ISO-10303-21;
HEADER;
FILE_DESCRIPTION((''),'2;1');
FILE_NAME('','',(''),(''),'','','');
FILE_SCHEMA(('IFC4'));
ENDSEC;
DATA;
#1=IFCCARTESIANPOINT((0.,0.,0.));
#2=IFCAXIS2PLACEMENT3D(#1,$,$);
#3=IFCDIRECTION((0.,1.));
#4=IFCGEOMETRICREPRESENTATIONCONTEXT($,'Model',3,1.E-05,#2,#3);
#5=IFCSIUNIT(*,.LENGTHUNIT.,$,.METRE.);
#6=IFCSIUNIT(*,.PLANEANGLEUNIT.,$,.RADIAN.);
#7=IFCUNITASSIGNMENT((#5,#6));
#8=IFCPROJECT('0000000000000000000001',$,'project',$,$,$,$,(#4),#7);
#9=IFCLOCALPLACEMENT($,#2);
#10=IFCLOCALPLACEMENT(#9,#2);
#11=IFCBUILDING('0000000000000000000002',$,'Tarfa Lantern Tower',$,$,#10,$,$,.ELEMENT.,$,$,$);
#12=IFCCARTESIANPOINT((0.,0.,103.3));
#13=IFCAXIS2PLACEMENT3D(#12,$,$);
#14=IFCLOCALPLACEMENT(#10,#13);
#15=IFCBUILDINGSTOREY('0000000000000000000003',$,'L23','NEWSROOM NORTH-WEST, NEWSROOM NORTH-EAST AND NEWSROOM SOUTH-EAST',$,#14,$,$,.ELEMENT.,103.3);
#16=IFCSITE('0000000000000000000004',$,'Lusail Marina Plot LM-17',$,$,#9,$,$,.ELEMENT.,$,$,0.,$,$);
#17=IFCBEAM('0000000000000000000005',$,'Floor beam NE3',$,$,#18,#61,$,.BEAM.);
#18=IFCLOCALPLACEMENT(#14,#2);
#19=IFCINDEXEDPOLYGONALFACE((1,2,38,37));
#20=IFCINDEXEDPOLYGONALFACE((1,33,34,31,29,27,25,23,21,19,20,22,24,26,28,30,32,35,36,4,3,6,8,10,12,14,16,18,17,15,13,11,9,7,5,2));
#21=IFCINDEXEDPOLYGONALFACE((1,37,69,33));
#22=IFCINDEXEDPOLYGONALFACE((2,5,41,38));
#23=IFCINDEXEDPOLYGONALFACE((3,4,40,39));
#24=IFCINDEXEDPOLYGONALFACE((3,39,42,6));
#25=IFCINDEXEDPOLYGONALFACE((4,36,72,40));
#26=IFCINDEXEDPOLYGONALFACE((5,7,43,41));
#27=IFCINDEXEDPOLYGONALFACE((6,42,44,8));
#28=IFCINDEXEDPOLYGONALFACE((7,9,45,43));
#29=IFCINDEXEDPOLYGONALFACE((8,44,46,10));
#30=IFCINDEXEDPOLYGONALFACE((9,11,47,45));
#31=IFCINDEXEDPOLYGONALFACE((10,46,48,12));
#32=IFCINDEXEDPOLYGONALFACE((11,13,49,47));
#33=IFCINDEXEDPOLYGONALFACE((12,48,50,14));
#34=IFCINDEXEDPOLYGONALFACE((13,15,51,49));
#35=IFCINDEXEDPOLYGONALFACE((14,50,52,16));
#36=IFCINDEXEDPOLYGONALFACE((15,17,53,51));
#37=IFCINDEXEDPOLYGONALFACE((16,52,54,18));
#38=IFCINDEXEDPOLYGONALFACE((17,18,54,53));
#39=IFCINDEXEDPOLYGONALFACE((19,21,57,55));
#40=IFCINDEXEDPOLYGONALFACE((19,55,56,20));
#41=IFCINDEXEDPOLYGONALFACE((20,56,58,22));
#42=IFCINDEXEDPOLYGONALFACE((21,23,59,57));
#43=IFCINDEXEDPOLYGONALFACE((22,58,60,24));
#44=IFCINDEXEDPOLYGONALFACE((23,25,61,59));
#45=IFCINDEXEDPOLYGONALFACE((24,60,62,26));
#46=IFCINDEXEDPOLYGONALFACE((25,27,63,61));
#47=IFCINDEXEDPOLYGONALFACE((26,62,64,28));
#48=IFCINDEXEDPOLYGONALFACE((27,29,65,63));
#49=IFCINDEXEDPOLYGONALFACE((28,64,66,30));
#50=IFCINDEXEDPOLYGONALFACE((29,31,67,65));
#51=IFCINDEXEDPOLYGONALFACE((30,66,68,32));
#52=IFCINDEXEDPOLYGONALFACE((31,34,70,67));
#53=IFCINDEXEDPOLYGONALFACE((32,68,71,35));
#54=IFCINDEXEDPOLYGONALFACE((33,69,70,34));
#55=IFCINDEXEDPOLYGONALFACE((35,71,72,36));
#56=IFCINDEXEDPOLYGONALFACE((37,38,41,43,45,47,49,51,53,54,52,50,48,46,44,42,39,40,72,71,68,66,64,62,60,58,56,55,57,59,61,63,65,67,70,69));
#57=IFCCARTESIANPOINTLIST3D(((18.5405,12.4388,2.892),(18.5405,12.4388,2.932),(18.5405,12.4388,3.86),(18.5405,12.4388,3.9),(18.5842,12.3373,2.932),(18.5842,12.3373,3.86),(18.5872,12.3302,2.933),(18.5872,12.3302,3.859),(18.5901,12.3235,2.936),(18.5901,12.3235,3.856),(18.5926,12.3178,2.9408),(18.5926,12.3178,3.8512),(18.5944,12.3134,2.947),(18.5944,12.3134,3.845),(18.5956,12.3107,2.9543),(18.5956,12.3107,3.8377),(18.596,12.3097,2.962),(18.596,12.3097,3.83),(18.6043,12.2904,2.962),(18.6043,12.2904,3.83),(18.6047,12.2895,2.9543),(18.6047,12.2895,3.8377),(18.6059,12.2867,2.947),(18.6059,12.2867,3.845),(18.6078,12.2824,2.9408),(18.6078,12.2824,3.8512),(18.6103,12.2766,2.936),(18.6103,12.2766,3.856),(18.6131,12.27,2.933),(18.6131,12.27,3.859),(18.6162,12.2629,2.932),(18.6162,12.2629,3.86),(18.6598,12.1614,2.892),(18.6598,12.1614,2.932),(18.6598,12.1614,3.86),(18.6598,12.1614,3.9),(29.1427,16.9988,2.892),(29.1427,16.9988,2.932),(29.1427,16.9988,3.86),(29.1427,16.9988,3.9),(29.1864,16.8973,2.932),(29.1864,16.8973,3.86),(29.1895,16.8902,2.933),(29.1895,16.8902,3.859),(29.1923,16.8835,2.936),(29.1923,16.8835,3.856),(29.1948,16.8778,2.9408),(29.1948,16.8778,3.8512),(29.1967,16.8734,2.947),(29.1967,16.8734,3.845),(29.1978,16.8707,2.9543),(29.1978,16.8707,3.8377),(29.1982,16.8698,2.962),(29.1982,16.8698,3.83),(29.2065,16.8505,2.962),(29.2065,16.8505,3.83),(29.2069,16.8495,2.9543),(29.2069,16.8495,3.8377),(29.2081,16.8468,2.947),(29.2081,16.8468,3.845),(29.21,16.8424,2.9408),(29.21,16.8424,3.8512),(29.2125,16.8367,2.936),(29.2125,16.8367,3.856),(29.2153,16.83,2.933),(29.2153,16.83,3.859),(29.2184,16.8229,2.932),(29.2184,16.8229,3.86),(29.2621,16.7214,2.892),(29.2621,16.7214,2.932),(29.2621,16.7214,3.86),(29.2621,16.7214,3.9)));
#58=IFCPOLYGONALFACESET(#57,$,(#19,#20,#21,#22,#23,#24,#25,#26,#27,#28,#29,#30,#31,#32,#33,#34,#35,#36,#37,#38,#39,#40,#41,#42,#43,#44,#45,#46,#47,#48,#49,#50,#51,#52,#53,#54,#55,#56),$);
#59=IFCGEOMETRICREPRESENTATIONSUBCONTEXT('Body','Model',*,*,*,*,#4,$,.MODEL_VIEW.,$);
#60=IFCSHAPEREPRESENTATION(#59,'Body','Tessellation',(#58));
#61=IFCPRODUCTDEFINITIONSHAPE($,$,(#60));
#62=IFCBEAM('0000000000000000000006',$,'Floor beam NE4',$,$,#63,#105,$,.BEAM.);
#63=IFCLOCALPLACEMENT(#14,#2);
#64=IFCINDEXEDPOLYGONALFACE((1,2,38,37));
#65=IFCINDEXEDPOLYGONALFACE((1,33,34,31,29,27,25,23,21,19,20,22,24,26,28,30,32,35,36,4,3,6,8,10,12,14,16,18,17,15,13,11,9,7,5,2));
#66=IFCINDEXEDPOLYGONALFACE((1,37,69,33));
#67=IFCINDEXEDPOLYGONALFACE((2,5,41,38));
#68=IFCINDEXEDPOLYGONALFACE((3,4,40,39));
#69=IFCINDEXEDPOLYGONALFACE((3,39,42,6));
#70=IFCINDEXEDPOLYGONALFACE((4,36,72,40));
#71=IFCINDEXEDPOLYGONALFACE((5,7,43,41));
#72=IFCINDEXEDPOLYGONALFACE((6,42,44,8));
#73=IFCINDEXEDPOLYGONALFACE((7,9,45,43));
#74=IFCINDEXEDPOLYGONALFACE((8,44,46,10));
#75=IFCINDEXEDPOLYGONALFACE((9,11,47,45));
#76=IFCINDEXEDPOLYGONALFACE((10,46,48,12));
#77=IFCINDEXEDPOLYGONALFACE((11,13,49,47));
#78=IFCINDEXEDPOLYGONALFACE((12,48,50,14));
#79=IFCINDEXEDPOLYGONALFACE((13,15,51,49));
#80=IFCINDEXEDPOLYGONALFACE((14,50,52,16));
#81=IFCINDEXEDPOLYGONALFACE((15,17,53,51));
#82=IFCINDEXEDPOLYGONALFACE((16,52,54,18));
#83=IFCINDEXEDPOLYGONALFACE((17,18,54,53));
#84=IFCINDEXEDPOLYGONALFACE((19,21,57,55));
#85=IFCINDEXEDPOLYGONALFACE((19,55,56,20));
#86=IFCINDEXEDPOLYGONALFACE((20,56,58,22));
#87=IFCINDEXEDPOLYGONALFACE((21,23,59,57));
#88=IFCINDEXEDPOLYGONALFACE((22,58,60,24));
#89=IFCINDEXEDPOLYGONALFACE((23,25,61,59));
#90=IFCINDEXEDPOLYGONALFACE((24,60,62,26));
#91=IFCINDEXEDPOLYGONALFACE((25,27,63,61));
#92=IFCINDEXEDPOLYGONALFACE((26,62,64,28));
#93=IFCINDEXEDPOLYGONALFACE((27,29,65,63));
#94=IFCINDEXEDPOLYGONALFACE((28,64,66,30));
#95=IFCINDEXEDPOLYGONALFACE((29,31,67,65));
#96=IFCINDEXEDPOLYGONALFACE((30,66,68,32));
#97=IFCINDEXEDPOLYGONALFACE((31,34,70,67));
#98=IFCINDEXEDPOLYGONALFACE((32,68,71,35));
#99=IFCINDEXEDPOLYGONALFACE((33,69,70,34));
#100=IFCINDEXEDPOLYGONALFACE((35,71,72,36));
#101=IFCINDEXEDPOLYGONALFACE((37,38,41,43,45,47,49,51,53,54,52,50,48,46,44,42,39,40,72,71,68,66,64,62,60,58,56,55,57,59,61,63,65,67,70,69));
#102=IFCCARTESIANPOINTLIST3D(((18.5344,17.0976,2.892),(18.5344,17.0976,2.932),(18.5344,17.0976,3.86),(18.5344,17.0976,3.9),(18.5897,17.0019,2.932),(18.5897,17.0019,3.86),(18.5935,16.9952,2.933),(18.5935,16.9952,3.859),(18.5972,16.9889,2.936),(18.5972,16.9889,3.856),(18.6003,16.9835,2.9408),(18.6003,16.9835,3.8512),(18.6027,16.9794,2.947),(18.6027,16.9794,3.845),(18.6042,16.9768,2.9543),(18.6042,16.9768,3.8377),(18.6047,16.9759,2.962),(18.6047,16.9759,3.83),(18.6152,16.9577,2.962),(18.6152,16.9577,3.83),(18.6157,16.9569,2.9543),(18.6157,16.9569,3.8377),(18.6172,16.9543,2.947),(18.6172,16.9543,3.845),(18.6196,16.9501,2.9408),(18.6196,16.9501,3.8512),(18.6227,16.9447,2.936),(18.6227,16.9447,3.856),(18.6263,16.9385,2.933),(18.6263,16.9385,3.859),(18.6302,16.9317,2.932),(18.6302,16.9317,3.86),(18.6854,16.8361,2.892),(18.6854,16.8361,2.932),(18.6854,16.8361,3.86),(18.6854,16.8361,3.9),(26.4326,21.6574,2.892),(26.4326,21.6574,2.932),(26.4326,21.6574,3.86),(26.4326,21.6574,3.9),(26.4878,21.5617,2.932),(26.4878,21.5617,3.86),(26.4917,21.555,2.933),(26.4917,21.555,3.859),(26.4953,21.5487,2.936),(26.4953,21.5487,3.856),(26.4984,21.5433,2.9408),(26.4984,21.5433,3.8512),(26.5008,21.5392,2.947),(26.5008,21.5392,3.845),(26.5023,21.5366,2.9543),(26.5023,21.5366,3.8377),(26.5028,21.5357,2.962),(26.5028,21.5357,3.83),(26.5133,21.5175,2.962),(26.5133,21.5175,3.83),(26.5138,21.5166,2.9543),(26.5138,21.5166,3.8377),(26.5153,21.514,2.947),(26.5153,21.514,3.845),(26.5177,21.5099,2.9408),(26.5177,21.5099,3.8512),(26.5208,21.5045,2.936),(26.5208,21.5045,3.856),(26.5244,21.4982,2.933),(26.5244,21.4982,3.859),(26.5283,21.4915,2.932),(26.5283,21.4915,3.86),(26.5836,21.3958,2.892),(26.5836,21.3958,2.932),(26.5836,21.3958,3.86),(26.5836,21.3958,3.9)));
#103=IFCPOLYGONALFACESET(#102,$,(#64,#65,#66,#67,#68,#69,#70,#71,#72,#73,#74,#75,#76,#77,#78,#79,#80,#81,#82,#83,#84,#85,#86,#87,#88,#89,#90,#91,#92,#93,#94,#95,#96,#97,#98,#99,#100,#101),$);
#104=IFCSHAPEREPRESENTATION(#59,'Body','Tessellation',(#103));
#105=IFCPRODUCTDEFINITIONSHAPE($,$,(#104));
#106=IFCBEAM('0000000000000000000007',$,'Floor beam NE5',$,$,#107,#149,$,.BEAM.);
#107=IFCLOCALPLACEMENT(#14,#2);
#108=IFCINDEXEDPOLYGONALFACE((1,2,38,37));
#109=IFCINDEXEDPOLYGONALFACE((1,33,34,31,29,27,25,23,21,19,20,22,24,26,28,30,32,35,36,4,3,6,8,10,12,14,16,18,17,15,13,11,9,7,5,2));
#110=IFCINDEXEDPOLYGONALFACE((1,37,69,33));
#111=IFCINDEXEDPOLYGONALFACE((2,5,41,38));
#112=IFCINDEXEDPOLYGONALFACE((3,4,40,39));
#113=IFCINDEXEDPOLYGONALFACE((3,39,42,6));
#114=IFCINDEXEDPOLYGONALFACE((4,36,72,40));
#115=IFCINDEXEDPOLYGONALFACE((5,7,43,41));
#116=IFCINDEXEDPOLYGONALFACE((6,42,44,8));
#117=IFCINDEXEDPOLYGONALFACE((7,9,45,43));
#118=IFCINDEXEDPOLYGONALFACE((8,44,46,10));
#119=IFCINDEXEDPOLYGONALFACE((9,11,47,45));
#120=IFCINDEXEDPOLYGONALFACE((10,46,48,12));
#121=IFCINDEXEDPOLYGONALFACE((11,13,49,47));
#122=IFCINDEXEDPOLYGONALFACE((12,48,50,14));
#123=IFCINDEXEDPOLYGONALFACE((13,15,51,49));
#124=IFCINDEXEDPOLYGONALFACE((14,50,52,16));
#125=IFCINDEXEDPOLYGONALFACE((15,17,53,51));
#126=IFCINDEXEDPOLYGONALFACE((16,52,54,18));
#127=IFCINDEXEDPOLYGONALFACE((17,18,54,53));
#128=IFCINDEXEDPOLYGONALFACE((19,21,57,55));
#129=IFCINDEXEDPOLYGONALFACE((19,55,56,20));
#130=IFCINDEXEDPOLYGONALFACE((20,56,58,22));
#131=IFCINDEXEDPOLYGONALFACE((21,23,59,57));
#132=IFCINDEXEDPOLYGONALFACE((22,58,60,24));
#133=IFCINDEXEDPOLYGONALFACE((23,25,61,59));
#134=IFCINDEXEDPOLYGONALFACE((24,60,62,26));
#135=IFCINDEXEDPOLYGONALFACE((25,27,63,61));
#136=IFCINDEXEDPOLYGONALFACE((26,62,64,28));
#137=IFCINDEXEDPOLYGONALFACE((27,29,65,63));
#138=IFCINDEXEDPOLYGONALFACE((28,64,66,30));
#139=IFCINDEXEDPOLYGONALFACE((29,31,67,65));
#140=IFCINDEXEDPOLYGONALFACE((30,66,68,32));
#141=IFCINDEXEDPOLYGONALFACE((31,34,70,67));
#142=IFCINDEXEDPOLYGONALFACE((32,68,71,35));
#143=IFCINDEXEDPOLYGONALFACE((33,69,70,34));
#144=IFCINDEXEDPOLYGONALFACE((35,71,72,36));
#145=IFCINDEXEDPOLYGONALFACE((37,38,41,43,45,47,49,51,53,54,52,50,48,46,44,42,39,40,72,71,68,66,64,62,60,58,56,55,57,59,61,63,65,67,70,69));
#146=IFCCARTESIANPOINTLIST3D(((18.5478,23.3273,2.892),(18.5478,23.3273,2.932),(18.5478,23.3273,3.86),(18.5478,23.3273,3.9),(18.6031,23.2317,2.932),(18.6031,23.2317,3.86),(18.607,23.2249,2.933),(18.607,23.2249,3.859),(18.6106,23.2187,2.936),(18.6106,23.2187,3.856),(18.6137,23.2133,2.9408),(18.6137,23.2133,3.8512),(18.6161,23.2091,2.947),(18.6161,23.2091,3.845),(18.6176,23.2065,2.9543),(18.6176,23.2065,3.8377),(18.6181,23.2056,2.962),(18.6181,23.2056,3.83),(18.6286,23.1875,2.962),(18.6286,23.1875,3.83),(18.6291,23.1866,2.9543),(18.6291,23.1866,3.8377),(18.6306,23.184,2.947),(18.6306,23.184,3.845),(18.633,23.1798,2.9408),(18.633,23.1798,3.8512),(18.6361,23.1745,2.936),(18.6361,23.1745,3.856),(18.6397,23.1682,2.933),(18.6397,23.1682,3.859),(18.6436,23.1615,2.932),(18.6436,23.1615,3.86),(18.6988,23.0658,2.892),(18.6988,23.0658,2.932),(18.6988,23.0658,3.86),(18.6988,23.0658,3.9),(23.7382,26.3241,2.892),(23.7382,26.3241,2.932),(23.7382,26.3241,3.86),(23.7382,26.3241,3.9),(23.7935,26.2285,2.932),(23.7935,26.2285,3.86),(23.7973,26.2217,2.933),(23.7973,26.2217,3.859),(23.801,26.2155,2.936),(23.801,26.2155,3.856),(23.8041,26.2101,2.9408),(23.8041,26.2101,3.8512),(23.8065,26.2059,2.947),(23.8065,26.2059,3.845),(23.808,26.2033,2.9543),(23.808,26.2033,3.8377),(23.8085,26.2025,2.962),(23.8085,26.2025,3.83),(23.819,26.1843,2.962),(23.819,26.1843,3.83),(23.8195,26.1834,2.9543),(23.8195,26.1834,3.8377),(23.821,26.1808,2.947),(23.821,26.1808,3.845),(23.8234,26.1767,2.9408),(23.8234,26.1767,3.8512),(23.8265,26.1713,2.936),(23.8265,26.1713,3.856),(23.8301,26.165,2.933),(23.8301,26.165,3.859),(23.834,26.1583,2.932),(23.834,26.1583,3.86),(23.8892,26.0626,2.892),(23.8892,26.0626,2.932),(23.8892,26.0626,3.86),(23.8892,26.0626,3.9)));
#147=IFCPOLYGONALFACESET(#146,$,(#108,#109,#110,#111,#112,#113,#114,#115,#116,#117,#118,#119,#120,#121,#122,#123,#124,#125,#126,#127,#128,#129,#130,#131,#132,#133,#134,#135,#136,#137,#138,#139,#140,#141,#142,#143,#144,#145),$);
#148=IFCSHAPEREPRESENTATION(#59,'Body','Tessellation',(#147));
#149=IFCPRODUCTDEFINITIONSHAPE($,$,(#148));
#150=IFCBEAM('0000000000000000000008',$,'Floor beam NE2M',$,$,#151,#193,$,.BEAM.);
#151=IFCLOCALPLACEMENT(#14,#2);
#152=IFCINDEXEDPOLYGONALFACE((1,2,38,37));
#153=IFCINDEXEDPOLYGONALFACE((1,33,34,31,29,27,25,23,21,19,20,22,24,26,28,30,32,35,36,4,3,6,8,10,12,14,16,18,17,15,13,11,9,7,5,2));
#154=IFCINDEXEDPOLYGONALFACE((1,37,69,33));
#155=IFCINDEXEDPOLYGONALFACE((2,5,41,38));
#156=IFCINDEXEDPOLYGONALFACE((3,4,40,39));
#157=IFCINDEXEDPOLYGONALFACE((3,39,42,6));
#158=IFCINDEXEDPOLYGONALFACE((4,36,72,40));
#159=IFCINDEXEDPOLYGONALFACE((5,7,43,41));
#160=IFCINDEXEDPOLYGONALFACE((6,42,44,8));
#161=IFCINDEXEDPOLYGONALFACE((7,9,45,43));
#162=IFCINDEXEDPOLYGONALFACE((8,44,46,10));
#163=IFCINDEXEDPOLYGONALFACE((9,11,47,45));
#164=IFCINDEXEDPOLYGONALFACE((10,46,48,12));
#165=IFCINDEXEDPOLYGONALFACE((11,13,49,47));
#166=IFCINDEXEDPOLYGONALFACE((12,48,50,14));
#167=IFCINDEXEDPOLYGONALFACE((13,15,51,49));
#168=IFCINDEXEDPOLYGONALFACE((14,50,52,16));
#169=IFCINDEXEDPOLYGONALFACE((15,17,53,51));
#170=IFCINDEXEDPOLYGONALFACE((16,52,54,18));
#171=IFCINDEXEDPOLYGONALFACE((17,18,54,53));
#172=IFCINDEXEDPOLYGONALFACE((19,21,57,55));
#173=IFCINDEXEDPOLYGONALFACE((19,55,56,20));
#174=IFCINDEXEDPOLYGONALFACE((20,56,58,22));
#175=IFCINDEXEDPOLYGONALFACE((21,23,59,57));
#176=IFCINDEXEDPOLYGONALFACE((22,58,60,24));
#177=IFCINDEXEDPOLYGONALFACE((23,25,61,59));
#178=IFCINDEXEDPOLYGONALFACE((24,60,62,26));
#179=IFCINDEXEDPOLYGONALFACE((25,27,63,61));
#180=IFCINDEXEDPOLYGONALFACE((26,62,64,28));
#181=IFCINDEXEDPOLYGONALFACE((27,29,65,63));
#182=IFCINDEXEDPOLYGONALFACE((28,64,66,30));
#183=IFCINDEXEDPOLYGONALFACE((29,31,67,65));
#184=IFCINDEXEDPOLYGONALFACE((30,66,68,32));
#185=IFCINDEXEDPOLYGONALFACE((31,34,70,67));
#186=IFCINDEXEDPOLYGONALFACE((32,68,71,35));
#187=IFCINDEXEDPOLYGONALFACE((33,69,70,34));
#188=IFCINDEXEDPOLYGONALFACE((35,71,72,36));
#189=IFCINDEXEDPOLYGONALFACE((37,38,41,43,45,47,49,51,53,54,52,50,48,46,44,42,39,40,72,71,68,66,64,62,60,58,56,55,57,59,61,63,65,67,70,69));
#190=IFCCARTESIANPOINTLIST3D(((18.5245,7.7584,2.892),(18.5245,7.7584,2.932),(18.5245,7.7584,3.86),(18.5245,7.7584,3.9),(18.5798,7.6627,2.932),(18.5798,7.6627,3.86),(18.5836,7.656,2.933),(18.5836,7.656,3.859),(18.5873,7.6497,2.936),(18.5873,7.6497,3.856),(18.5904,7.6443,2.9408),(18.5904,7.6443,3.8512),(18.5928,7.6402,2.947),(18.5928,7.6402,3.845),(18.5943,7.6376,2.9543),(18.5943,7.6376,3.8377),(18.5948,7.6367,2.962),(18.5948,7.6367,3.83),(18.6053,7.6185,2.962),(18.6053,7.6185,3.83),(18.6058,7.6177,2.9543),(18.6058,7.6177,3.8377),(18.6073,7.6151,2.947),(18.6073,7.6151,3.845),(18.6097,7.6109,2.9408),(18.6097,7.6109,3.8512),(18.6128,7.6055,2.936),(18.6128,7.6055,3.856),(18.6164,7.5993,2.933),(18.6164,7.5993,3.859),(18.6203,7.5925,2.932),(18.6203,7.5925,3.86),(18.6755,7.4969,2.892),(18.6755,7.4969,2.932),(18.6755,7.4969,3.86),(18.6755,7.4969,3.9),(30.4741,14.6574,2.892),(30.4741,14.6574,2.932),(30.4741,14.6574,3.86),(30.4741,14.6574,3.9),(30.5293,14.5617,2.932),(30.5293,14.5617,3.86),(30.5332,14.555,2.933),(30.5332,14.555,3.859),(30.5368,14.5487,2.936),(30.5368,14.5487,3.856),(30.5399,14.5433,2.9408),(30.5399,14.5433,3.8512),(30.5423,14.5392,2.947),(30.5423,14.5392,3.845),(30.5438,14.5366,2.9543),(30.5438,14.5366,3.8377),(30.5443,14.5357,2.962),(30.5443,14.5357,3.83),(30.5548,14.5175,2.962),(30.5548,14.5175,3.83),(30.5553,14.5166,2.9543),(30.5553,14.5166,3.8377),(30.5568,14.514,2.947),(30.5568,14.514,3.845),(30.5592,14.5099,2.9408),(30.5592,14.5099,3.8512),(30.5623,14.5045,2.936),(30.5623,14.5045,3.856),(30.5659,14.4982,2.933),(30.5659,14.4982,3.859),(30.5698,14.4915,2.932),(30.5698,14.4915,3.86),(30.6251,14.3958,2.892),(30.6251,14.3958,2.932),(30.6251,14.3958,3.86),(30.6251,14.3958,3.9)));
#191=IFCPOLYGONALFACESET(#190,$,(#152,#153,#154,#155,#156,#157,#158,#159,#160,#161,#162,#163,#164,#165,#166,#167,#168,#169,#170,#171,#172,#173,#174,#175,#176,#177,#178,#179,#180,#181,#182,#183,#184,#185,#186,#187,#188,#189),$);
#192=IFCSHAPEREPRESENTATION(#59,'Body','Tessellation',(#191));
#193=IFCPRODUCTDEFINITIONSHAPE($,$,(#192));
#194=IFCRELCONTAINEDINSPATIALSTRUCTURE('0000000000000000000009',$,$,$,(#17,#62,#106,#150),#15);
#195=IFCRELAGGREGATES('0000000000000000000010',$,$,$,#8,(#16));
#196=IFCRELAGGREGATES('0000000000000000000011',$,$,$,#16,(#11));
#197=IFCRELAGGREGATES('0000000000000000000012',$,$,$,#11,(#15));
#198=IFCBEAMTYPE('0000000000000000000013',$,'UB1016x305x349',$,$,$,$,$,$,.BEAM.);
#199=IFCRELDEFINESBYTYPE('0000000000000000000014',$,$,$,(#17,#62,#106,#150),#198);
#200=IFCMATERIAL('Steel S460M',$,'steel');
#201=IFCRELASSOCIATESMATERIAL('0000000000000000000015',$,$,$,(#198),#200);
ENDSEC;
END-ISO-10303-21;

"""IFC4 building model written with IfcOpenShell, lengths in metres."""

from ifc_helpers import new_model, si_unit, direction, frame, origin, origin_2d, place, context, subcontext, project, spatial, i_section, extrude, material, material_profile, profile_set, type_object, element, save


model = new_model("IFC4")

# Units and contexts
model_context = context("Model", 3, precision=1e-05, world=origin(), true_north=direction((0.0, 1.0)))
body_context = subcontext(model_context, "Body", "Model", "MODEL_VIEW")
ifc_project = project(units=[si_unit("LENGTHUNIT", "METRE"), si_unit("PLANEANGLEUNIT", "RADIAN")], contexts=[model_context])

# Site, building, storey
site_placement = place(None, origin())
site = spatial("IfcSite", under=ifc_project, at=site_placement, Name="Lusail Marina Plot LM-17", CompositionType="ELEMENT", RefElevation=0.0)
building_placement = place(site_placement, origin())
building = spatial("IfcBuilding", under=site, at=building_placement, Name="Tarfa Lantern Tower", CompositionType="ELEMENT")
storey_placement = place(building_placement, frame((0.0, 0.0, 103.3)))
storey = spatial("IfcBuildingStorey", under=building, at=storey_placement, Name="L23", Description="NEWSROOM NORTH-WEST, NEWSROOM NORTH-EAST AND NEWSROOM SOUTH-EAST", CompositionType="ELEMENT", Elevation=103.3)

# Beams
ifc_material_1 = material(Name="Steel S460M", Category="steel")
ifc_material_profile_1 = material_profile(ifc_material_1, i_section(OverallWidth=0.302, OverallDepth=1.0081, WebThickness=0.021, FlangeThickness=0.04, FilletRadius=0.03, at=origin_2d()), Name="UB1016x305x349")
ifc_profile_set_1 = profile_set([ifc_material_profile_1], Name="Steel S460M")
beam_type_1 = type_object("IfcBeamType", Name="UB1016x305x349", PredefinedType="BEAM", material=ifc_profile_set_1)
beam_1_placement = place(storey_placement, frame((29.2024, 16.8601, 3.396), z_axis=(-0.918635, -0.395106, 0.0), x_axis=(0.395106, -0.918635, 0.0)))
element("IfcBeam", 1, at=beam_1_placement, inside=storey, type_object=beam_type_1, Name="Floor beam NE3", PredefinedType="BEAM", context=body_context, shape_type="SweptSolid", body=[
    extrude(i_section(OverallWidth=0.302, OverallDepth=1.0081, WebThickness=0.021, FlangeThickness=0.04, FilletRadius=0.03, at=origin_2d()), origin(), (0.0, 0.0, 1.0), 11.5413),
])
beam_2_placement = place(storey_placement, frame((26.5081, 21.5266, 3.396), z_axis=(-0.866035, -0.499983, 0.0), x_axis=(0.499983, -0.866035, 0.0)))
element("IfcBeam", 2, at=beam_2_placement, inside=storey, type_object=beam_type_1, Name="Floor beam NE4", PredefinedType="BEAM", context=body_context, shape_type="SweptSolid", body=[
    extrude(i_section(OverallWidth=0.302, OverallDepth=1.0081, WebThickness=0.021, FlangeThickness=0.04, FilletRadius=0.03, at=origin_2d()), origin(), (0.0, 0.0, 1.0), 9.1199),
])
beam_3_placement = place(storey_placement, frame((23.8137, 26.1934, 3.396), z_axis=(-0.866016, -0.500016, 0.0), x_axis=(0.500016, -0.866016, 0.0)))
element("IfcBeam", 3, at=beam_3_placement, inside=storey, type_object=beam_type_1, Name="Floor beam NE5", PredefinedType="BEAM", context=body_context, shape_type="SweptSolid", body=[
    extrude(i_section(OverallWidth=0.302, OverallDepth=1.0081, WebThickness=0.021, FlangeThickness=0.04, FilletRadius=0.03, at=origin_2d()), origin(), (0.0, 0.0, 1.0), 5.9934),
])
beam_4_placement = place(storey_placement, frame((30.5496, 14.5266, 3.396), z_axis=(-0.866029, -0.499995, 0.0), x_axis=(0.499995, -0.866029, 0.0)))
element("IfcBeam", 4, at=beam_4_placement, inside=storey, type_object=beam_type_1, Name="Floor beam NE2M", PredefinedType="BEAM", context=body_context, shape_type="SweptSolid", body=[
    extrude(i_section(OverallWidth=0.302, OverallDepth=1.0081, WebThickness=0.021, FlangeThickness=0.04, FilletRadius=0.03, at=origin_2d()), origin(), (0.0, 0.0, 1.0), 13.7981),
])

save(model, "model.ifc")
